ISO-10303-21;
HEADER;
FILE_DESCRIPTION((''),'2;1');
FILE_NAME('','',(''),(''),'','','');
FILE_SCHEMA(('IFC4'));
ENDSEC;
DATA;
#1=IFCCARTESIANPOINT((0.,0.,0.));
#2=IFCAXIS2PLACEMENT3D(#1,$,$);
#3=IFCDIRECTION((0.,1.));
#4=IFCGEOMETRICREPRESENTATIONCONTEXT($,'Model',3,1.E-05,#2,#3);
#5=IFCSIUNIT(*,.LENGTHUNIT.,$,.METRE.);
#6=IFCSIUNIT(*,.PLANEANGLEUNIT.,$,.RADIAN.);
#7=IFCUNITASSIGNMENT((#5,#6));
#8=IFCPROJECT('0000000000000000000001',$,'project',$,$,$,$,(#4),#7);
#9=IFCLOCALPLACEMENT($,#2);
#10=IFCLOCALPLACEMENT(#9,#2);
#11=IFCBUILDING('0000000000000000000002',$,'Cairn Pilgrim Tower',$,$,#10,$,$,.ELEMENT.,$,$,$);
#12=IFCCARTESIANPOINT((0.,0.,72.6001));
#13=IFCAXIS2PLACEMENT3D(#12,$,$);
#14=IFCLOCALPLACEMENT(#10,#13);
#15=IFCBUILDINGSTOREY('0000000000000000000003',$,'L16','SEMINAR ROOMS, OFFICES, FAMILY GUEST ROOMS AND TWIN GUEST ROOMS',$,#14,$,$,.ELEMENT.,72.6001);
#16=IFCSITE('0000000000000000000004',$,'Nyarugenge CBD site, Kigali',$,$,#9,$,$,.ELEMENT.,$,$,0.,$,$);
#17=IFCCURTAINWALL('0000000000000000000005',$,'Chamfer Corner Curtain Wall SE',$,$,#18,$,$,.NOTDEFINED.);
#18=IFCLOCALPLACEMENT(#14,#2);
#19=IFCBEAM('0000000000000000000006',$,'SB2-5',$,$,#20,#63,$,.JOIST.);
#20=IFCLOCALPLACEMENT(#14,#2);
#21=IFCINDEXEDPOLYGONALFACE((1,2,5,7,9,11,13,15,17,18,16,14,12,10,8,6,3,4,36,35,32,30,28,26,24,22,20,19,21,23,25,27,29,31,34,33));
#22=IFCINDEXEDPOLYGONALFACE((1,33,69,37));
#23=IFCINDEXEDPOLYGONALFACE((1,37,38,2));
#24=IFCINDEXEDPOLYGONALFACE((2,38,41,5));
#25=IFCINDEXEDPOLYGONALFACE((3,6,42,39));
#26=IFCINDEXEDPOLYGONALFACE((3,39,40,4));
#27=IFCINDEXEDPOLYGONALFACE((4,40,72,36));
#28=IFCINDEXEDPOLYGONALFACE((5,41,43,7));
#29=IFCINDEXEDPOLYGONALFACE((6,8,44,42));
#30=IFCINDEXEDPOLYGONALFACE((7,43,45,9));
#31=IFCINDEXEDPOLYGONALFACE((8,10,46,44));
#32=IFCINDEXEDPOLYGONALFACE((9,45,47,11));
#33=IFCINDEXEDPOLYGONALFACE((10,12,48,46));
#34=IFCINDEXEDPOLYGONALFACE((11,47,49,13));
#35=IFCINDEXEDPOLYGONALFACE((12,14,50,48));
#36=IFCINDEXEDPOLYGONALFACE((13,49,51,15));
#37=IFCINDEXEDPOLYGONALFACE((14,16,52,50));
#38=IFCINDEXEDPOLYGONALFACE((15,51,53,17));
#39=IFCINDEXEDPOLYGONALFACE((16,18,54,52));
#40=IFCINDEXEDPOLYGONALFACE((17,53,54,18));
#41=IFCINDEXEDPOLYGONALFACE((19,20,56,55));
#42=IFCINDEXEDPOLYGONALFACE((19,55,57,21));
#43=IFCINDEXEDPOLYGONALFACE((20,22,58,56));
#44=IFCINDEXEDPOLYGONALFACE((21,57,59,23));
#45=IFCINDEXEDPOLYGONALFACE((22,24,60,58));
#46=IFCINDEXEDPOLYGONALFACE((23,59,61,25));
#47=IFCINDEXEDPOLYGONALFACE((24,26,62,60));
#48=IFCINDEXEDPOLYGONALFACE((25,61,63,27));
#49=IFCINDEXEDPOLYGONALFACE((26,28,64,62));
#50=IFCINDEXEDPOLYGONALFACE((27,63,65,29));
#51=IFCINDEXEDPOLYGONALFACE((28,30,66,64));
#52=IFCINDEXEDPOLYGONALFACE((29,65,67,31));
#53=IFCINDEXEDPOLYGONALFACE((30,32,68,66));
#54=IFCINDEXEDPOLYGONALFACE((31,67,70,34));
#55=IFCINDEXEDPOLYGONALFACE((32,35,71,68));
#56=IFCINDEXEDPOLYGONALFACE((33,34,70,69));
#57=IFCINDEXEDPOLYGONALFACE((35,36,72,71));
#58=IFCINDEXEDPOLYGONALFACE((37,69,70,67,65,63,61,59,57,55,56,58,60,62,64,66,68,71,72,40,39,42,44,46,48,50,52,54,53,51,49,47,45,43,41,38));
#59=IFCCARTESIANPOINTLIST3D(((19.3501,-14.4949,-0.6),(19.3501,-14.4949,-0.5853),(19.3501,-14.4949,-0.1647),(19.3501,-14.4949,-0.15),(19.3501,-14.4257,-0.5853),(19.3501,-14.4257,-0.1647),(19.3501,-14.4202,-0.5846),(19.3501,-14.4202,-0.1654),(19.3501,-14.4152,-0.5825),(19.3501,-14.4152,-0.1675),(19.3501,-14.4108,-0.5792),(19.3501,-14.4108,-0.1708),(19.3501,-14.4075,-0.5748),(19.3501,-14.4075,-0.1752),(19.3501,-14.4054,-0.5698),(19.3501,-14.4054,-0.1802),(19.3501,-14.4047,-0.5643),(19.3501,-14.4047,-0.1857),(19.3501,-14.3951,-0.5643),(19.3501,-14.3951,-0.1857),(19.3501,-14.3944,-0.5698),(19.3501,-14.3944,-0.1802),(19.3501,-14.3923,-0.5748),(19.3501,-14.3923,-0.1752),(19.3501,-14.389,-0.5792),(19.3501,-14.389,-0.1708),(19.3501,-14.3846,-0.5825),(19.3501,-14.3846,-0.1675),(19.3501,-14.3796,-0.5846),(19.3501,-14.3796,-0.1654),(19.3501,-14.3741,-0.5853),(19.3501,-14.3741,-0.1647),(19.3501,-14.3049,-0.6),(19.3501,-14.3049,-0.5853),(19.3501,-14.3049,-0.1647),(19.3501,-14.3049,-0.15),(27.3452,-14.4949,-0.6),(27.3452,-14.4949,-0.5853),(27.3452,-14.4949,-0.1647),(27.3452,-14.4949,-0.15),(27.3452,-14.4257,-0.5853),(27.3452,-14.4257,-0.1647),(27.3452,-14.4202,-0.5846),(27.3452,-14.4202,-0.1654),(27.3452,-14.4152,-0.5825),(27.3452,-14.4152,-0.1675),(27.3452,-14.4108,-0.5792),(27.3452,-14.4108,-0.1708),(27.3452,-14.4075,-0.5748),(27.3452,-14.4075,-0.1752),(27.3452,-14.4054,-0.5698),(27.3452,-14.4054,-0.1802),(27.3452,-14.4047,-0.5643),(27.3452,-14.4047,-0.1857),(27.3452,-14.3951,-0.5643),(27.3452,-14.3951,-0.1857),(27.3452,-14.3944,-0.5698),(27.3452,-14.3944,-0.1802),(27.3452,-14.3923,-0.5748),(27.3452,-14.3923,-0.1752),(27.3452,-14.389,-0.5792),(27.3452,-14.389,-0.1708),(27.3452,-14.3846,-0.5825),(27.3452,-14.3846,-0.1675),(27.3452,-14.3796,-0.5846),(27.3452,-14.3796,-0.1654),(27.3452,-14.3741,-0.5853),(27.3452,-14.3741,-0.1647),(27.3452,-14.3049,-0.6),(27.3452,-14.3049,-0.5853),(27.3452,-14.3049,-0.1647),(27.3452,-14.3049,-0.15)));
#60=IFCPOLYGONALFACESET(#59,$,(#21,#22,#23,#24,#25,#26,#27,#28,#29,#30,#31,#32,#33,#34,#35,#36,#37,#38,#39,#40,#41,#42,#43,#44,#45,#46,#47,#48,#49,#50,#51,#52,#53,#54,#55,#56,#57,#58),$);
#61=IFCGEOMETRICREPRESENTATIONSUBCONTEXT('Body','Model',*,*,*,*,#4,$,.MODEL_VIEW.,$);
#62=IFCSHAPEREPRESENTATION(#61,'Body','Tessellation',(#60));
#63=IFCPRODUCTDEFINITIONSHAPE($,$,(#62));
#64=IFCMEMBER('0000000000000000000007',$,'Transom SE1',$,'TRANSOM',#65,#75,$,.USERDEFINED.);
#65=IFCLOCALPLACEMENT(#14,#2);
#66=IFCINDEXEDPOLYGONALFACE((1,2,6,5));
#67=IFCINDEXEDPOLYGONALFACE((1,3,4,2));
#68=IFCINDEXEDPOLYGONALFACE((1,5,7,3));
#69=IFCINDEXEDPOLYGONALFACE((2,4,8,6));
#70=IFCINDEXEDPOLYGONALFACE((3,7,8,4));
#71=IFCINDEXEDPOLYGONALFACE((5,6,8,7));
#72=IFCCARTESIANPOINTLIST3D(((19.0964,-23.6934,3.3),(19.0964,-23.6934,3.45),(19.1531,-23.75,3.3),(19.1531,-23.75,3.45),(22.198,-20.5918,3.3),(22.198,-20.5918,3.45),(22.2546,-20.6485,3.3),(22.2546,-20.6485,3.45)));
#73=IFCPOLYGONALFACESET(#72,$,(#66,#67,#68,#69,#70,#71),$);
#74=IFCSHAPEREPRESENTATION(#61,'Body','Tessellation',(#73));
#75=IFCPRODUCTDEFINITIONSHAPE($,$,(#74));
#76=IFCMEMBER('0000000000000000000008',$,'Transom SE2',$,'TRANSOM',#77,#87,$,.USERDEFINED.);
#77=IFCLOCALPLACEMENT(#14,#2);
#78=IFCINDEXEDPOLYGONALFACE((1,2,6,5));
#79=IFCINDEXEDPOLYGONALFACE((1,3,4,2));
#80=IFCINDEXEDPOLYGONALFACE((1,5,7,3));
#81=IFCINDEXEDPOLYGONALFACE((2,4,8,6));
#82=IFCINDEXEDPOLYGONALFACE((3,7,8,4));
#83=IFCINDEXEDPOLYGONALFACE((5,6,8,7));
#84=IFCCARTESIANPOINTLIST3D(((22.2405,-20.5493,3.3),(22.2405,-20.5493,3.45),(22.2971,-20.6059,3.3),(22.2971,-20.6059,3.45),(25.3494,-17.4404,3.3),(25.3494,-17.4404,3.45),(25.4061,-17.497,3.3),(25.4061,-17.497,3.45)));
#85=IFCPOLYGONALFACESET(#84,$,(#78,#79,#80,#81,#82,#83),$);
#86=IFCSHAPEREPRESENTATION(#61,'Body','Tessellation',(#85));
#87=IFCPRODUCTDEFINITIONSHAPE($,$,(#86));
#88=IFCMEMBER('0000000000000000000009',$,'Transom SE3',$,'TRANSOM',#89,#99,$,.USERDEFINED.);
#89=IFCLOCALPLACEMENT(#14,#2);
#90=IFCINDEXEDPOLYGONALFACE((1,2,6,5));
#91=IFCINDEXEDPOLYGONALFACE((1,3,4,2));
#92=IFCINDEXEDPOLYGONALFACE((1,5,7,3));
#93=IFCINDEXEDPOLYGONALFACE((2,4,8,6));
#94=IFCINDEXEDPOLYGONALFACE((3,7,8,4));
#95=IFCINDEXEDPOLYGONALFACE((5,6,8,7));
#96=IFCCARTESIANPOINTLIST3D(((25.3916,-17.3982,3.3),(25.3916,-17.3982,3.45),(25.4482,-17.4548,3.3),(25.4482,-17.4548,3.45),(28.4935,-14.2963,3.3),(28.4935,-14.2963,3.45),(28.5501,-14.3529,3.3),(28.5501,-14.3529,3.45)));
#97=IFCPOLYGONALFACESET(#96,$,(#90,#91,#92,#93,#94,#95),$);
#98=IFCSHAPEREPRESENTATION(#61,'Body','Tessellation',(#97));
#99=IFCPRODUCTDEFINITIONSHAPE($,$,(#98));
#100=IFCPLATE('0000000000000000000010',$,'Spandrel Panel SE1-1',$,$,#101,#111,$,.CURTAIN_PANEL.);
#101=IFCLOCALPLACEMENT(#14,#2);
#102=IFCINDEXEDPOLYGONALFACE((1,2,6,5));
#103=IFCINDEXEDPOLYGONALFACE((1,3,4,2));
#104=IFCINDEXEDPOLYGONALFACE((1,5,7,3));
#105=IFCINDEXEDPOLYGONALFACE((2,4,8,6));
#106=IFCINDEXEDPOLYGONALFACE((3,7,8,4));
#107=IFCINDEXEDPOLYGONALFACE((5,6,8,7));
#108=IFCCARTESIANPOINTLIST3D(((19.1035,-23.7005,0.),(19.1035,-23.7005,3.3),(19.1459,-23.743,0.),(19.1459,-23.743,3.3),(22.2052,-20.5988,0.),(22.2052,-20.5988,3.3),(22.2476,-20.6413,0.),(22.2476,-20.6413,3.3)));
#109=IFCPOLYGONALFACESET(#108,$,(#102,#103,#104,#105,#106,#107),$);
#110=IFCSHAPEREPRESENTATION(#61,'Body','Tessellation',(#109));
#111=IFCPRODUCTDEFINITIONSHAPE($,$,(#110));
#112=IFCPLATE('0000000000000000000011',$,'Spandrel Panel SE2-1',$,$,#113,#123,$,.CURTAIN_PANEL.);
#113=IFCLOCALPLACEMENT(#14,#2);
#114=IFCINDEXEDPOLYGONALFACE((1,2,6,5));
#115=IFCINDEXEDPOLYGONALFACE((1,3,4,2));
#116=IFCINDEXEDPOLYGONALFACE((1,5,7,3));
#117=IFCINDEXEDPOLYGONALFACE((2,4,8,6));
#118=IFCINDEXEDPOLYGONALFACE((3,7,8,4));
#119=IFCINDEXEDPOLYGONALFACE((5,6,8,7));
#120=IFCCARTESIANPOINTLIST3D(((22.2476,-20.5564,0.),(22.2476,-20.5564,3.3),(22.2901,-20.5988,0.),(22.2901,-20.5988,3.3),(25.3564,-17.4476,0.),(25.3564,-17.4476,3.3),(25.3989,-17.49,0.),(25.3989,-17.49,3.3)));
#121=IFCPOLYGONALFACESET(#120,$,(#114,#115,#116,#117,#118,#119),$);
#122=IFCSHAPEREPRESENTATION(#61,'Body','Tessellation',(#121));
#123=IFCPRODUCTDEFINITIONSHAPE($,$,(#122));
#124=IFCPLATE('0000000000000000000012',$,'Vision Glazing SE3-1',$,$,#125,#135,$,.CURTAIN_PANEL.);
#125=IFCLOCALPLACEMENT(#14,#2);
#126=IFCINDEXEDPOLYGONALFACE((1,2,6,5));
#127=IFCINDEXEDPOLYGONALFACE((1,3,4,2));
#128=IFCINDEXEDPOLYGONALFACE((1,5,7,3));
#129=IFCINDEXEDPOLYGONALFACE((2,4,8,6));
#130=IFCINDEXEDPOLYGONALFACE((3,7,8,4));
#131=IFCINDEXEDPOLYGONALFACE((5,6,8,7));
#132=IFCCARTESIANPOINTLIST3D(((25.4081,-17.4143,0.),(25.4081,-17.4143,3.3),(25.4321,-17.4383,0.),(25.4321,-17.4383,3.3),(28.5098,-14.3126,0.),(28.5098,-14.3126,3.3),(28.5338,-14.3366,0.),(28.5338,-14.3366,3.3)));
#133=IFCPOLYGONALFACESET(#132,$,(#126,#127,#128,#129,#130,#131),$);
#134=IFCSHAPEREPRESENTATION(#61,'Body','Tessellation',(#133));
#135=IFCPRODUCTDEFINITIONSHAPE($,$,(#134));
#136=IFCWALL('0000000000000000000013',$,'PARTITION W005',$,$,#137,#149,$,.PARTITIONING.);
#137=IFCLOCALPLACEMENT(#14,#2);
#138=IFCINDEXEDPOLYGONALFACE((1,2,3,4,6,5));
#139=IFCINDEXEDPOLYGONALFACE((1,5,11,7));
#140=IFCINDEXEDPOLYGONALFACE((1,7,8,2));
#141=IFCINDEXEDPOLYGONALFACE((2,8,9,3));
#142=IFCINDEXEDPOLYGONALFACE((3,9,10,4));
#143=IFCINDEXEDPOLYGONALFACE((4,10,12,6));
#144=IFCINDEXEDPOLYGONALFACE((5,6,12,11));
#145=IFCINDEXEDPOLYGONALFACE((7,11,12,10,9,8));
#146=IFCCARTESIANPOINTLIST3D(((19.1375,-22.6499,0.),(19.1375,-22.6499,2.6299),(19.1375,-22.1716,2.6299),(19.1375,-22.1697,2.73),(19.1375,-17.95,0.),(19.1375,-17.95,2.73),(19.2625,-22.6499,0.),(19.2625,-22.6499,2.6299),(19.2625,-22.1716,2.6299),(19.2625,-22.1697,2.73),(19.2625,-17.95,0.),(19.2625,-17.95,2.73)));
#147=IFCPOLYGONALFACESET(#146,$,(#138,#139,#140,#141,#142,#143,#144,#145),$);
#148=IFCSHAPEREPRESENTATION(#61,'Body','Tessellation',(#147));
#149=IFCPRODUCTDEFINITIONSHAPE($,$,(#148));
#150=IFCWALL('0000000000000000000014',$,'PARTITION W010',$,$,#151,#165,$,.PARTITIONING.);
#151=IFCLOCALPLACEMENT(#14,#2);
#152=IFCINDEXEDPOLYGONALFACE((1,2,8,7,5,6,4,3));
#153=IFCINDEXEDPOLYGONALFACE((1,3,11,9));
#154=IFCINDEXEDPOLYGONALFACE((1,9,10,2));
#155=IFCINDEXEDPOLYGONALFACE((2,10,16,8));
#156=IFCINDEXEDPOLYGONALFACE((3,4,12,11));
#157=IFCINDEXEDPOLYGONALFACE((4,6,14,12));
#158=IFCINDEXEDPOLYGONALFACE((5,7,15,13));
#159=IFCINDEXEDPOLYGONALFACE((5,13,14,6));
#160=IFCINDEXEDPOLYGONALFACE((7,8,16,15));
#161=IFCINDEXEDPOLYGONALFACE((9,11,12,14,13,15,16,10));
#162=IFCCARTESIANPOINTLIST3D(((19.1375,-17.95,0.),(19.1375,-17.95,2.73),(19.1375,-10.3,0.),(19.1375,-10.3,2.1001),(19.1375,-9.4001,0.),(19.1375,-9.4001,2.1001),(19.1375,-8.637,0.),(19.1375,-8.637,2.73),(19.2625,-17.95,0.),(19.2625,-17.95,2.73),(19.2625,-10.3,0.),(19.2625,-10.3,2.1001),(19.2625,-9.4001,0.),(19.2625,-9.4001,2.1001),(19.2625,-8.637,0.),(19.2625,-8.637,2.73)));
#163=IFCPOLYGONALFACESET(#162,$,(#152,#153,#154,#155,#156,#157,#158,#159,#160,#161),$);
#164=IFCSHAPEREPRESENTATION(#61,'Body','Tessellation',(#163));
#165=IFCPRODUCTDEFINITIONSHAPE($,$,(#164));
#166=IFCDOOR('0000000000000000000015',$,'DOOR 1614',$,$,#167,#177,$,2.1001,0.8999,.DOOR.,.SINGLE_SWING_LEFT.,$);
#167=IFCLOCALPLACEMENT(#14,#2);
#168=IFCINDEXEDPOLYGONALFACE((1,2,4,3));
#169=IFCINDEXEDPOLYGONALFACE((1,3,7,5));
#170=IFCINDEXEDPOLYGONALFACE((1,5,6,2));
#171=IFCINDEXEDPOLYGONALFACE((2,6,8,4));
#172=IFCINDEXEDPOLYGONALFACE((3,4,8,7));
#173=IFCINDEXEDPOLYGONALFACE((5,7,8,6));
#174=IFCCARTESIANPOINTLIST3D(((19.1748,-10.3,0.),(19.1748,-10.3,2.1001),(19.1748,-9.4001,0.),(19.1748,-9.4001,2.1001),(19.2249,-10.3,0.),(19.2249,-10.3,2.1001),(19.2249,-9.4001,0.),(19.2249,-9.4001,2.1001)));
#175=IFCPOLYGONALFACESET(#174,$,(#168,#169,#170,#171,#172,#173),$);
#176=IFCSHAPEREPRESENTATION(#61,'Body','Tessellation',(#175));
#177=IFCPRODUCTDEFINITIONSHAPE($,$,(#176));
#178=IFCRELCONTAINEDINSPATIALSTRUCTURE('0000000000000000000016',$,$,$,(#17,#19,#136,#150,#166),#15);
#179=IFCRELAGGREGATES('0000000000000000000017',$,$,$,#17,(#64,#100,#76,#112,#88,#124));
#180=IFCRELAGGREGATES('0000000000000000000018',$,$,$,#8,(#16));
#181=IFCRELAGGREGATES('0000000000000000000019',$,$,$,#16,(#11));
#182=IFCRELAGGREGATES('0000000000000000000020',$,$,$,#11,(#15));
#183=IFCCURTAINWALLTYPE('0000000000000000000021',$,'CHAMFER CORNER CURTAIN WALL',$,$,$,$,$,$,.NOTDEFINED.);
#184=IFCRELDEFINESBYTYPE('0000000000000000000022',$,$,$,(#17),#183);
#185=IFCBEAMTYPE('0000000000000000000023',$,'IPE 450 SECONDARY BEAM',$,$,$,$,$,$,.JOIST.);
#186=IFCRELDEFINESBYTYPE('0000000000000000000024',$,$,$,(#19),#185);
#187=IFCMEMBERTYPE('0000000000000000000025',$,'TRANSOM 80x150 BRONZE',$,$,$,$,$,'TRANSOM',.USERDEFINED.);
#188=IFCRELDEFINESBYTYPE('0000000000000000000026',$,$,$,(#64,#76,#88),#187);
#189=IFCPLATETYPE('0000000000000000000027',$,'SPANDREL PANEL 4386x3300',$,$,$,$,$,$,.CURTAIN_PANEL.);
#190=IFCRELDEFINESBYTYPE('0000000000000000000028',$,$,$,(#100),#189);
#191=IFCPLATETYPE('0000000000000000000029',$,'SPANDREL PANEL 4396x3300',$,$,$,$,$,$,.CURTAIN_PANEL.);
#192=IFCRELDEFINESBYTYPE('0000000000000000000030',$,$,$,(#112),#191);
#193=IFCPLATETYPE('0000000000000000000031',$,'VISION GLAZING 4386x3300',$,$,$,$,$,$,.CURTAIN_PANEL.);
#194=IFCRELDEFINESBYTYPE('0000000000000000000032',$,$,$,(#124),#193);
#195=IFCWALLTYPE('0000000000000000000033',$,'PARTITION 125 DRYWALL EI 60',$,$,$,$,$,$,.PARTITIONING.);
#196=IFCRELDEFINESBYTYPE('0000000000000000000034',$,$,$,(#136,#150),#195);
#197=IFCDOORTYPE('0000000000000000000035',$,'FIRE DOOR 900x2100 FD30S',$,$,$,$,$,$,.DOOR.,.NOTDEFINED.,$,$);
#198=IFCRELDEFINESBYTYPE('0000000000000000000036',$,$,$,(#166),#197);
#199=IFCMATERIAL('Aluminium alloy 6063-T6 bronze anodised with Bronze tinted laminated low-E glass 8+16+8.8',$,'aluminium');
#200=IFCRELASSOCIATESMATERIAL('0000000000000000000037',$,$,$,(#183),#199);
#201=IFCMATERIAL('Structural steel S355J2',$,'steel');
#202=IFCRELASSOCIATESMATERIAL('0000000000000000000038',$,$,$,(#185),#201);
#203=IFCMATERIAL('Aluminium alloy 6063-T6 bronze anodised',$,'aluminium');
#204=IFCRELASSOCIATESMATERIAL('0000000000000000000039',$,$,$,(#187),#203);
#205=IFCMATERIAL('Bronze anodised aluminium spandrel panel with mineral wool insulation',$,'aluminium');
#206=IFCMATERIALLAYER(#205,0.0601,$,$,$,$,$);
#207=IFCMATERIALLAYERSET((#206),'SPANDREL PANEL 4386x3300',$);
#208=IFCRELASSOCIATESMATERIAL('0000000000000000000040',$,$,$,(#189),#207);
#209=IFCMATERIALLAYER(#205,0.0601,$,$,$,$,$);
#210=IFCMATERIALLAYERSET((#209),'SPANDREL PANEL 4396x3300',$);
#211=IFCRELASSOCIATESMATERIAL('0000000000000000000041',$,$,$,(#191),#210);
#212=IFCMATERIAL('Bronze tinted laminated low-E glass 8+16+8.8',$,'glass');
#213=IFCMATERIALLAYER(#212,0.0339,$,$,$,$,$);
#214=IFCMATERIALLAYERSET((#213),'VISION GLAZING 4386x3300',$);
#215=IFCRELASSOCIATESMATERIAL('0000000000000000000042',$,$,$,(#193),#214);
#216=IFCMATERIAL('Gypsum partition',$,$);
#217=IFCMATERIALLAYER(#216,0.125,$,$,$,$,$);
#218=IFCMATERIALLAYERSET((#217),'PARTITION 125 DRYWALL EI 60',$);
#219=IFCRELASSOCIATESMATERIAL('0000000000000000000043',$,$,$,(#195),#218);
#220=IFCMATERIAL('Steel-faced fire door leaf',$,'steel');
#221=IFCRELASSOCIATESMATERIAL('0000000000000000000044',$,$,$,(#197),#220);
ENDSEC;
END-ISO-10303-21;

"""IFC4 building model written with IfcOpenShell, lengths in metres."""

from ifc_helpers import new_model, si_unit, direction, frame, frame_2d, origin, origin_2d, place, context, subcontext, project, spatial, polyline, rectangle, i_section, outline, extrude, material, layer, layer_set, material_profile, profile_set, type_object, element, fill, aggregate, save


model = new_model("IFC4")

# Units and contexts
model_context = context("Model", 3, precision=1e-05, world=origin(), true_north=direction((0.0, 1.0)))
body_context = subcontext(model_context, "Body", "Model", "MODEL_VIEW")
ifc_project = project(units=[si_unit("LENGTHUNIT", "METRE"), si_unit("PLANEANGLEUNIT", "RADIAN")], contexts=[model_context])

# Site, building, storey
site_placement = place(None, origin())
site = spatial("IfcSite", under=ifc_project, at=site_placement, Name="Nyarugenge CBD site, Kigali", CompositionType="ELEMENT", RefElevation=0.0)
building_placement = place(site_placement, origin())
building = spatial("IfcBuilding", under=site, at=building_placement, Name="Cairn Pilgrim Tower", CompositionType="ELEMENT")
storey_placement = place(building_placement, frame((0.0, 0.0, 72.6001)))
storey = spatial("IfcBuildingStorey", under=building, at=storey_placement, Name="L16", Description="SEMINAR ROOMS, OFFICES, FAMILY GUEST ROOMS AND TWIN GUEST ROOMS", CompositionType="ELEMENT", Elevation=72.6001)

# Shared definitions
ifc_material_1 = material(Name="Structural steel S355J2", Category="steel")

# Curtain wall
ifc_material_2 = material(Name="Aluminium alloy 6063-T6 bronze anodised with Bronze tinted laminated low-E glass 8+16+8.8", Category="aluminium")
curtain_wall_type_1 = type_object("IfcCurtainWallType", Name="CHAMFER CORNER CURTAIN WALL", PredefinedType="NOTDEFINED", material=ifc_material_2)
curtain_wall_1_placement = place(storey_placement, origin())
curtain_wall_1 = element("IfcCurtainWall", 1, at=curtain_wall_1_placement, inside=storey, type_object=curtain_wall_type_1, Name="Chamfer Corner Curtain Wall SE", PredefinedType="NOTDEFINED")
ifc_material_3 = material(Name="Aluminium alloy 6063-T6 bronze anodised", Category="aluminium")

# Beam
ifc_material_profile_1 = material_profile(ifc_material_1, i_section(OverallWidth=0.1899, OverallDepth=0.45, WebThickness=0.0095, FlangeThickness=0.0146, FilletRadius=0.021, at=origin_2d()), Name="IPE 450")
ifc_profile_set_1 = profile_set([ifc_material_profile_1], Name="Structural steel S355J2")
beam_type_1 = type_object("IfcBeamType", Name="IPE 450 SECONDARY BEAM", PredefinedType="JOIST", material=ifc_profile_set_1)
beam_1_placement = place(storey_placement, frame((19.3501, -14.3999, -0.375), z_axis=(1.0, 0.0, 0.0), x_axis=(0.0, 1.0, 0.0)))
element("IfcBeam", 2, at=beam_1_placement, inside=storey, type_object=beam_type_1, Name="SB2-5", PredefinedType="JOIST", context=body_context, shape_type="SweptSolid", body=[
    extrude(i_section(OverallWidth=0.1899, OverallDepth=0.45, WebThickness=0.0095, FlangeThickness=0.0146, FilletRadius=0.021, at=origin_2d()), origin(), (0.0, 0.0, 1.0), 7.9951),
])

# Members
ifc_material_profile_2 = material_profile(ifc_material_3, rectangle(XDim=0.0801, YDim=0.1499, at=origin_2d()), Name="TRANSOM 80x150 BRONZE")
ifc_profile_set_2 = profile_set([ifc_material_profile_2], Name="Aluminium alloy 6063-T6 bronze anodised")
member_type_1 = type_object("IfcMemberType", Name="TRANSOM 80x150 BRONZE", ElementType="TRANSOM", PredefinedType="USERDEFINED", material=ifc_profile_set_2)
member_1_placement = place(storey_placement, frame((19.1248, -23.7217, 3.375), z_axis=(0.707107, 0.707107, 0.0), x_axis=(-0.707107, 0.707107, 0.0)))
member_1 = element("IfcMember", 3, at=member_1_placement, type_object=member_type_1, Name="Transom SE1", ObjectType="TRANSOM", PredefinedType="USERDEFINED", context=body_context, shape_type="SweptSolid", body=[
    extrude(rectangle(XDim=0.0801, YDim=0.1499, at=origin_2d()), origin(), (0.0, 0.0, 1.0), 4.3862),
])
member_2_placement = place(storey_placement, frame((22.2688, -20.5776, 3.375), z_axis=(0.707107, 0.707107, 0.0), x_axis=(-0.707107, 0.707107, 0.0)))
member_2 = element("IfcMember", 4, at=member_2_placement, type_object=member_type_1, Name="Transom SE2", ObjectType="TRANSOM", PredefinedType="USERDEFINED", context=body_context, shape_type="SweptSolid", body=[
    extrude(rectangle(XDim=0.0801, YDim=0.1499, at=origin_2d()), origin(), (0.0, 0.0, 1.0), 4.3967),
])
member_3_placement = place(storey_placement, frame((25.4199, -17.4265, 3.375), z_axis=(0.707107, 0.707107, 0.0), x_axis=(-0.707107, 0.707107, 0.0)))
member_3 = element("IfcMember", 5, at=member_3_placement, type_object=member_type_1, Name="Transom SE3", ObjectType="TRANSOM", PredefinedType="USERDEFINED", context=body_context, shape_type="SweptSolid", body=[
    extrude(rectangle(XDim=0.0801, YDim=0.1499, at=origin_2d()), origin(), (0.0, 0.0, 1.0), 4.3867),
])

# Plates
ifc_material_4 = material(Name="Bronze anodised aluminium spandrel panel with mineral wool insulation", Category="aluminium")
ifc_layer_1 = layer(ifc_material_4, 0.0601)
ifc_layer_set_1 = layer_set([ifc_layer_1], Name="SPANDREL PANEL 4386x3300")
plate_type_1 = type_object("IfcPlateType", Name="SPANDREL PANEL 4386x3300", PredefinedType="CURTAIN_PANEL", material=ifc_layer_set_1)
plate_1_placement = place(storey_placement, frame((20.6755, -22.1709, 0.0), z_axis=(0.0, 0.0, 1.0), x_axis=(0.707107, 0.707107, 0.0)))
plate_1 = element("IfcPlate", 6, at=plate_1_placement, type_object=plate_type_1, Name="Spandrel Panel SE1-1", PredefinedType="CURTAIN_PANEL", context=body_context, shape_type="SweptSolid", body=[
    extrude(rectangle(XDim=4.3865, YDim=0.0601, at=origin_2d()), origin(), (0.0, 0.0, 1.0), 3.3),
])
ifc_layer_2 = layer(ifc_material_4, 0.0601)
ifc_layer_set_2 = layer_set([ifc_layer_2], Name="SPANDREL PANEL 4396x3300")
plate_type_2 = type_object("IfcPlateType", Name="SPANDREL PANEL 4396x3300", PredefinedType="CURTAIN_PANEL", material=ifc_layer_set_2)
plate_2_placement = place(storey_placement, frame((23.8232, -19.0232, 0.0), z_axis=(0.0, 0.0, 1.0), x_axis=(0.707107, 0.707107, 0.0)))
plate_2 = element("IfcPlate", 7, at=plate_2_placement, type_object=plate_type_2, Name="Spandrel Panel SE2-1", PredefinedType="CURTAIN_PANEL", context=body_context, shape_type="SweptSolid", body=[
    extrude(rectangle(XDim=4.3965, YDim=0.0601, at=origin_2d()), origin(), (0.0, 0.0, 1.0), 3.3),
])
ifc_material_5 = material(Name="Bronze tinted laminated low-E glass 8+16+8.8", Category="glass")
ifc_layer_3 = layer(ifc_material_5, 0.0339)
ifc_layer_set_3 = layer_set([ifc_layer_3], Name="VISION GLAZING 4386x3300")
plate_type_3 = type_object("IfcPlateType", Name="VISION GLAZING 4386x3300", PredefinedType="CURTAIN_PANEL", material=ifc_layer_set_3)
plate_3_placement = place(storey_placement, frame((26.9709, -15.8755, 0.0), z_axis=(0.0, 0.0, 1.0), x_axis=(0.707107, 0.707107, 0.0)))
plate_3 = element("IfcPlate", 8, at=plate_3_placement, type_object=plate_type_3, Name="Vision Glazing SE3-1", PredefinedType="CURTAIN_PANEL", context=body_context, shape_type="SweptSolid", body=[
    extrude(rectangle(XDim=4.3865, YDim=0.0339, at=origin_2d()), origin(), (0.0, 0.0, 1.0), 3.3),
])
aggregate(curtain_wall_1, [member_1, plate_1, member_2, plate_2, member_3, plate_3])

# Wall
ifc_material_6 = material(Name="Gypsum partition")
ifc_layer_4 = layer(ifc_material_6, 0.125)
ifc_layer_set_4 = layer_set([ifc_layer_4], Name="PARTITION 125 DRYWALL EI 60")
wall_type_1 = type_object("IfcWallType", Name="PARTITION 125 DRYWALL EI 60", PredefinedType="PARTITIONING", material=ifc_layer_set_4)
wall_1_placement = place(storey_placement, frame((19.2, -22.6499, 0.0), z_axis=(0.0, 0.0, 1.0), x_axis=(0.0, 1.0, 0.0)))
element("IfcWall", 9, at=wall_1_placement, inside=storey, type_object=wall_type_1, Name="PARTITION W005", PredefinedType="PARTITIONING", context=body_context, shape_type="SweptSolid", body=[
    extrude(outline(polyline([(0.0, 0.0), (4.7, 0.0), (4.7, 2.73), (0.4802, 2.73), (0.4783, 2.6299), (0.0, 2.6299), (0.0, 0.0)])), frame((0.0, 0.0625, 0.0), z_axis=(0.0, -1.0, 0.0), x_axis=(1.0, 0.0, 0.0)), (0.0, 0.0, 1.0), 0.125),
])

# Wall, opening, door
wall_2_placement = place(storey_placement, frame((19.2, -17.95, 0.0), z_axis=(0.0, 0.0, 1.0), x_axis=(0.0, 1.0, 0.0)))
wall_2 = element("IfcWall", 10, at=wall_2_placement, inside=storey, type_object=wall_type_1, Name="PARTITION W010", PredefinedType="PARTITIONING", context=body_context, shape_type="SweptSolid", body=[
    extrude(rectangle(XDim=9.313, YDim=0.125, at=frame_2d((4.6565, 0.0))), origin(), (0.0, 0.0, 1.0), 2.73),
])
opening_1_placement = place(wall_2_placement, frame((7.6499, 0.0, 0.0)))
opening_1 = element("IfcOpeningElement", 11, at=opening_1_placement, cuts=wall_2, PredefinedType="OPENING", context=body_context, shape_type="SweptSolid", body=[
    extrude(rectangle(XDim=0.8999, YDim=2.1001, at=frame_2d((0.45, 1.05))), frame((0.0, 0.0725, 0.0), z_axis=(0.0, -1.0, 0.0), x_axis=(1.0, 0.0, 0.0)), (0.0, 0.0, 1.0), 0.145),
])
ifc_material_7 = material(Name="Steel-faced fire door leaf", Category="steel")
door_type_1 = type_object("IfcDoorType", Name="FIRE DOOR 900x2100 FD30S", OperationType="NOTDEFINED", PredefinedType="DOOR", material=ifc_material_7)
door_1_placement = place(opening_1_placement, frame((0.8999, 0.0, 0.0), z_axis=(0.0, 0.0, 1.0), x_axis=(-1.0, 0.0, 0.0)))
door_1 = element("IfcDoor", 12, at=door_1_placement, inside=storey, type_object=door_type_1, Name="DOOR 1614", OperationType="SINGLE_SWING_LEFT", OverallHeight=2.1001, OverallWidth=0.8999, PredefinedType="DOOR", context=body_context, shape_type="SweptSolid", body=[
    extrude(rectangle(XDim=0.8999, YDim=2.1001, at=frame_2d((0.45, 1.05))), frame((0.0, 0.0249, 0.0), z_axis=(0.0, -1.0, 0.0), x_axis=(1.0, 0.0, 0.0)), (0.0, 0.0, 1.0), 0.05),
])
fill(opening_1, door_1)

save(model, "model.ifc")
